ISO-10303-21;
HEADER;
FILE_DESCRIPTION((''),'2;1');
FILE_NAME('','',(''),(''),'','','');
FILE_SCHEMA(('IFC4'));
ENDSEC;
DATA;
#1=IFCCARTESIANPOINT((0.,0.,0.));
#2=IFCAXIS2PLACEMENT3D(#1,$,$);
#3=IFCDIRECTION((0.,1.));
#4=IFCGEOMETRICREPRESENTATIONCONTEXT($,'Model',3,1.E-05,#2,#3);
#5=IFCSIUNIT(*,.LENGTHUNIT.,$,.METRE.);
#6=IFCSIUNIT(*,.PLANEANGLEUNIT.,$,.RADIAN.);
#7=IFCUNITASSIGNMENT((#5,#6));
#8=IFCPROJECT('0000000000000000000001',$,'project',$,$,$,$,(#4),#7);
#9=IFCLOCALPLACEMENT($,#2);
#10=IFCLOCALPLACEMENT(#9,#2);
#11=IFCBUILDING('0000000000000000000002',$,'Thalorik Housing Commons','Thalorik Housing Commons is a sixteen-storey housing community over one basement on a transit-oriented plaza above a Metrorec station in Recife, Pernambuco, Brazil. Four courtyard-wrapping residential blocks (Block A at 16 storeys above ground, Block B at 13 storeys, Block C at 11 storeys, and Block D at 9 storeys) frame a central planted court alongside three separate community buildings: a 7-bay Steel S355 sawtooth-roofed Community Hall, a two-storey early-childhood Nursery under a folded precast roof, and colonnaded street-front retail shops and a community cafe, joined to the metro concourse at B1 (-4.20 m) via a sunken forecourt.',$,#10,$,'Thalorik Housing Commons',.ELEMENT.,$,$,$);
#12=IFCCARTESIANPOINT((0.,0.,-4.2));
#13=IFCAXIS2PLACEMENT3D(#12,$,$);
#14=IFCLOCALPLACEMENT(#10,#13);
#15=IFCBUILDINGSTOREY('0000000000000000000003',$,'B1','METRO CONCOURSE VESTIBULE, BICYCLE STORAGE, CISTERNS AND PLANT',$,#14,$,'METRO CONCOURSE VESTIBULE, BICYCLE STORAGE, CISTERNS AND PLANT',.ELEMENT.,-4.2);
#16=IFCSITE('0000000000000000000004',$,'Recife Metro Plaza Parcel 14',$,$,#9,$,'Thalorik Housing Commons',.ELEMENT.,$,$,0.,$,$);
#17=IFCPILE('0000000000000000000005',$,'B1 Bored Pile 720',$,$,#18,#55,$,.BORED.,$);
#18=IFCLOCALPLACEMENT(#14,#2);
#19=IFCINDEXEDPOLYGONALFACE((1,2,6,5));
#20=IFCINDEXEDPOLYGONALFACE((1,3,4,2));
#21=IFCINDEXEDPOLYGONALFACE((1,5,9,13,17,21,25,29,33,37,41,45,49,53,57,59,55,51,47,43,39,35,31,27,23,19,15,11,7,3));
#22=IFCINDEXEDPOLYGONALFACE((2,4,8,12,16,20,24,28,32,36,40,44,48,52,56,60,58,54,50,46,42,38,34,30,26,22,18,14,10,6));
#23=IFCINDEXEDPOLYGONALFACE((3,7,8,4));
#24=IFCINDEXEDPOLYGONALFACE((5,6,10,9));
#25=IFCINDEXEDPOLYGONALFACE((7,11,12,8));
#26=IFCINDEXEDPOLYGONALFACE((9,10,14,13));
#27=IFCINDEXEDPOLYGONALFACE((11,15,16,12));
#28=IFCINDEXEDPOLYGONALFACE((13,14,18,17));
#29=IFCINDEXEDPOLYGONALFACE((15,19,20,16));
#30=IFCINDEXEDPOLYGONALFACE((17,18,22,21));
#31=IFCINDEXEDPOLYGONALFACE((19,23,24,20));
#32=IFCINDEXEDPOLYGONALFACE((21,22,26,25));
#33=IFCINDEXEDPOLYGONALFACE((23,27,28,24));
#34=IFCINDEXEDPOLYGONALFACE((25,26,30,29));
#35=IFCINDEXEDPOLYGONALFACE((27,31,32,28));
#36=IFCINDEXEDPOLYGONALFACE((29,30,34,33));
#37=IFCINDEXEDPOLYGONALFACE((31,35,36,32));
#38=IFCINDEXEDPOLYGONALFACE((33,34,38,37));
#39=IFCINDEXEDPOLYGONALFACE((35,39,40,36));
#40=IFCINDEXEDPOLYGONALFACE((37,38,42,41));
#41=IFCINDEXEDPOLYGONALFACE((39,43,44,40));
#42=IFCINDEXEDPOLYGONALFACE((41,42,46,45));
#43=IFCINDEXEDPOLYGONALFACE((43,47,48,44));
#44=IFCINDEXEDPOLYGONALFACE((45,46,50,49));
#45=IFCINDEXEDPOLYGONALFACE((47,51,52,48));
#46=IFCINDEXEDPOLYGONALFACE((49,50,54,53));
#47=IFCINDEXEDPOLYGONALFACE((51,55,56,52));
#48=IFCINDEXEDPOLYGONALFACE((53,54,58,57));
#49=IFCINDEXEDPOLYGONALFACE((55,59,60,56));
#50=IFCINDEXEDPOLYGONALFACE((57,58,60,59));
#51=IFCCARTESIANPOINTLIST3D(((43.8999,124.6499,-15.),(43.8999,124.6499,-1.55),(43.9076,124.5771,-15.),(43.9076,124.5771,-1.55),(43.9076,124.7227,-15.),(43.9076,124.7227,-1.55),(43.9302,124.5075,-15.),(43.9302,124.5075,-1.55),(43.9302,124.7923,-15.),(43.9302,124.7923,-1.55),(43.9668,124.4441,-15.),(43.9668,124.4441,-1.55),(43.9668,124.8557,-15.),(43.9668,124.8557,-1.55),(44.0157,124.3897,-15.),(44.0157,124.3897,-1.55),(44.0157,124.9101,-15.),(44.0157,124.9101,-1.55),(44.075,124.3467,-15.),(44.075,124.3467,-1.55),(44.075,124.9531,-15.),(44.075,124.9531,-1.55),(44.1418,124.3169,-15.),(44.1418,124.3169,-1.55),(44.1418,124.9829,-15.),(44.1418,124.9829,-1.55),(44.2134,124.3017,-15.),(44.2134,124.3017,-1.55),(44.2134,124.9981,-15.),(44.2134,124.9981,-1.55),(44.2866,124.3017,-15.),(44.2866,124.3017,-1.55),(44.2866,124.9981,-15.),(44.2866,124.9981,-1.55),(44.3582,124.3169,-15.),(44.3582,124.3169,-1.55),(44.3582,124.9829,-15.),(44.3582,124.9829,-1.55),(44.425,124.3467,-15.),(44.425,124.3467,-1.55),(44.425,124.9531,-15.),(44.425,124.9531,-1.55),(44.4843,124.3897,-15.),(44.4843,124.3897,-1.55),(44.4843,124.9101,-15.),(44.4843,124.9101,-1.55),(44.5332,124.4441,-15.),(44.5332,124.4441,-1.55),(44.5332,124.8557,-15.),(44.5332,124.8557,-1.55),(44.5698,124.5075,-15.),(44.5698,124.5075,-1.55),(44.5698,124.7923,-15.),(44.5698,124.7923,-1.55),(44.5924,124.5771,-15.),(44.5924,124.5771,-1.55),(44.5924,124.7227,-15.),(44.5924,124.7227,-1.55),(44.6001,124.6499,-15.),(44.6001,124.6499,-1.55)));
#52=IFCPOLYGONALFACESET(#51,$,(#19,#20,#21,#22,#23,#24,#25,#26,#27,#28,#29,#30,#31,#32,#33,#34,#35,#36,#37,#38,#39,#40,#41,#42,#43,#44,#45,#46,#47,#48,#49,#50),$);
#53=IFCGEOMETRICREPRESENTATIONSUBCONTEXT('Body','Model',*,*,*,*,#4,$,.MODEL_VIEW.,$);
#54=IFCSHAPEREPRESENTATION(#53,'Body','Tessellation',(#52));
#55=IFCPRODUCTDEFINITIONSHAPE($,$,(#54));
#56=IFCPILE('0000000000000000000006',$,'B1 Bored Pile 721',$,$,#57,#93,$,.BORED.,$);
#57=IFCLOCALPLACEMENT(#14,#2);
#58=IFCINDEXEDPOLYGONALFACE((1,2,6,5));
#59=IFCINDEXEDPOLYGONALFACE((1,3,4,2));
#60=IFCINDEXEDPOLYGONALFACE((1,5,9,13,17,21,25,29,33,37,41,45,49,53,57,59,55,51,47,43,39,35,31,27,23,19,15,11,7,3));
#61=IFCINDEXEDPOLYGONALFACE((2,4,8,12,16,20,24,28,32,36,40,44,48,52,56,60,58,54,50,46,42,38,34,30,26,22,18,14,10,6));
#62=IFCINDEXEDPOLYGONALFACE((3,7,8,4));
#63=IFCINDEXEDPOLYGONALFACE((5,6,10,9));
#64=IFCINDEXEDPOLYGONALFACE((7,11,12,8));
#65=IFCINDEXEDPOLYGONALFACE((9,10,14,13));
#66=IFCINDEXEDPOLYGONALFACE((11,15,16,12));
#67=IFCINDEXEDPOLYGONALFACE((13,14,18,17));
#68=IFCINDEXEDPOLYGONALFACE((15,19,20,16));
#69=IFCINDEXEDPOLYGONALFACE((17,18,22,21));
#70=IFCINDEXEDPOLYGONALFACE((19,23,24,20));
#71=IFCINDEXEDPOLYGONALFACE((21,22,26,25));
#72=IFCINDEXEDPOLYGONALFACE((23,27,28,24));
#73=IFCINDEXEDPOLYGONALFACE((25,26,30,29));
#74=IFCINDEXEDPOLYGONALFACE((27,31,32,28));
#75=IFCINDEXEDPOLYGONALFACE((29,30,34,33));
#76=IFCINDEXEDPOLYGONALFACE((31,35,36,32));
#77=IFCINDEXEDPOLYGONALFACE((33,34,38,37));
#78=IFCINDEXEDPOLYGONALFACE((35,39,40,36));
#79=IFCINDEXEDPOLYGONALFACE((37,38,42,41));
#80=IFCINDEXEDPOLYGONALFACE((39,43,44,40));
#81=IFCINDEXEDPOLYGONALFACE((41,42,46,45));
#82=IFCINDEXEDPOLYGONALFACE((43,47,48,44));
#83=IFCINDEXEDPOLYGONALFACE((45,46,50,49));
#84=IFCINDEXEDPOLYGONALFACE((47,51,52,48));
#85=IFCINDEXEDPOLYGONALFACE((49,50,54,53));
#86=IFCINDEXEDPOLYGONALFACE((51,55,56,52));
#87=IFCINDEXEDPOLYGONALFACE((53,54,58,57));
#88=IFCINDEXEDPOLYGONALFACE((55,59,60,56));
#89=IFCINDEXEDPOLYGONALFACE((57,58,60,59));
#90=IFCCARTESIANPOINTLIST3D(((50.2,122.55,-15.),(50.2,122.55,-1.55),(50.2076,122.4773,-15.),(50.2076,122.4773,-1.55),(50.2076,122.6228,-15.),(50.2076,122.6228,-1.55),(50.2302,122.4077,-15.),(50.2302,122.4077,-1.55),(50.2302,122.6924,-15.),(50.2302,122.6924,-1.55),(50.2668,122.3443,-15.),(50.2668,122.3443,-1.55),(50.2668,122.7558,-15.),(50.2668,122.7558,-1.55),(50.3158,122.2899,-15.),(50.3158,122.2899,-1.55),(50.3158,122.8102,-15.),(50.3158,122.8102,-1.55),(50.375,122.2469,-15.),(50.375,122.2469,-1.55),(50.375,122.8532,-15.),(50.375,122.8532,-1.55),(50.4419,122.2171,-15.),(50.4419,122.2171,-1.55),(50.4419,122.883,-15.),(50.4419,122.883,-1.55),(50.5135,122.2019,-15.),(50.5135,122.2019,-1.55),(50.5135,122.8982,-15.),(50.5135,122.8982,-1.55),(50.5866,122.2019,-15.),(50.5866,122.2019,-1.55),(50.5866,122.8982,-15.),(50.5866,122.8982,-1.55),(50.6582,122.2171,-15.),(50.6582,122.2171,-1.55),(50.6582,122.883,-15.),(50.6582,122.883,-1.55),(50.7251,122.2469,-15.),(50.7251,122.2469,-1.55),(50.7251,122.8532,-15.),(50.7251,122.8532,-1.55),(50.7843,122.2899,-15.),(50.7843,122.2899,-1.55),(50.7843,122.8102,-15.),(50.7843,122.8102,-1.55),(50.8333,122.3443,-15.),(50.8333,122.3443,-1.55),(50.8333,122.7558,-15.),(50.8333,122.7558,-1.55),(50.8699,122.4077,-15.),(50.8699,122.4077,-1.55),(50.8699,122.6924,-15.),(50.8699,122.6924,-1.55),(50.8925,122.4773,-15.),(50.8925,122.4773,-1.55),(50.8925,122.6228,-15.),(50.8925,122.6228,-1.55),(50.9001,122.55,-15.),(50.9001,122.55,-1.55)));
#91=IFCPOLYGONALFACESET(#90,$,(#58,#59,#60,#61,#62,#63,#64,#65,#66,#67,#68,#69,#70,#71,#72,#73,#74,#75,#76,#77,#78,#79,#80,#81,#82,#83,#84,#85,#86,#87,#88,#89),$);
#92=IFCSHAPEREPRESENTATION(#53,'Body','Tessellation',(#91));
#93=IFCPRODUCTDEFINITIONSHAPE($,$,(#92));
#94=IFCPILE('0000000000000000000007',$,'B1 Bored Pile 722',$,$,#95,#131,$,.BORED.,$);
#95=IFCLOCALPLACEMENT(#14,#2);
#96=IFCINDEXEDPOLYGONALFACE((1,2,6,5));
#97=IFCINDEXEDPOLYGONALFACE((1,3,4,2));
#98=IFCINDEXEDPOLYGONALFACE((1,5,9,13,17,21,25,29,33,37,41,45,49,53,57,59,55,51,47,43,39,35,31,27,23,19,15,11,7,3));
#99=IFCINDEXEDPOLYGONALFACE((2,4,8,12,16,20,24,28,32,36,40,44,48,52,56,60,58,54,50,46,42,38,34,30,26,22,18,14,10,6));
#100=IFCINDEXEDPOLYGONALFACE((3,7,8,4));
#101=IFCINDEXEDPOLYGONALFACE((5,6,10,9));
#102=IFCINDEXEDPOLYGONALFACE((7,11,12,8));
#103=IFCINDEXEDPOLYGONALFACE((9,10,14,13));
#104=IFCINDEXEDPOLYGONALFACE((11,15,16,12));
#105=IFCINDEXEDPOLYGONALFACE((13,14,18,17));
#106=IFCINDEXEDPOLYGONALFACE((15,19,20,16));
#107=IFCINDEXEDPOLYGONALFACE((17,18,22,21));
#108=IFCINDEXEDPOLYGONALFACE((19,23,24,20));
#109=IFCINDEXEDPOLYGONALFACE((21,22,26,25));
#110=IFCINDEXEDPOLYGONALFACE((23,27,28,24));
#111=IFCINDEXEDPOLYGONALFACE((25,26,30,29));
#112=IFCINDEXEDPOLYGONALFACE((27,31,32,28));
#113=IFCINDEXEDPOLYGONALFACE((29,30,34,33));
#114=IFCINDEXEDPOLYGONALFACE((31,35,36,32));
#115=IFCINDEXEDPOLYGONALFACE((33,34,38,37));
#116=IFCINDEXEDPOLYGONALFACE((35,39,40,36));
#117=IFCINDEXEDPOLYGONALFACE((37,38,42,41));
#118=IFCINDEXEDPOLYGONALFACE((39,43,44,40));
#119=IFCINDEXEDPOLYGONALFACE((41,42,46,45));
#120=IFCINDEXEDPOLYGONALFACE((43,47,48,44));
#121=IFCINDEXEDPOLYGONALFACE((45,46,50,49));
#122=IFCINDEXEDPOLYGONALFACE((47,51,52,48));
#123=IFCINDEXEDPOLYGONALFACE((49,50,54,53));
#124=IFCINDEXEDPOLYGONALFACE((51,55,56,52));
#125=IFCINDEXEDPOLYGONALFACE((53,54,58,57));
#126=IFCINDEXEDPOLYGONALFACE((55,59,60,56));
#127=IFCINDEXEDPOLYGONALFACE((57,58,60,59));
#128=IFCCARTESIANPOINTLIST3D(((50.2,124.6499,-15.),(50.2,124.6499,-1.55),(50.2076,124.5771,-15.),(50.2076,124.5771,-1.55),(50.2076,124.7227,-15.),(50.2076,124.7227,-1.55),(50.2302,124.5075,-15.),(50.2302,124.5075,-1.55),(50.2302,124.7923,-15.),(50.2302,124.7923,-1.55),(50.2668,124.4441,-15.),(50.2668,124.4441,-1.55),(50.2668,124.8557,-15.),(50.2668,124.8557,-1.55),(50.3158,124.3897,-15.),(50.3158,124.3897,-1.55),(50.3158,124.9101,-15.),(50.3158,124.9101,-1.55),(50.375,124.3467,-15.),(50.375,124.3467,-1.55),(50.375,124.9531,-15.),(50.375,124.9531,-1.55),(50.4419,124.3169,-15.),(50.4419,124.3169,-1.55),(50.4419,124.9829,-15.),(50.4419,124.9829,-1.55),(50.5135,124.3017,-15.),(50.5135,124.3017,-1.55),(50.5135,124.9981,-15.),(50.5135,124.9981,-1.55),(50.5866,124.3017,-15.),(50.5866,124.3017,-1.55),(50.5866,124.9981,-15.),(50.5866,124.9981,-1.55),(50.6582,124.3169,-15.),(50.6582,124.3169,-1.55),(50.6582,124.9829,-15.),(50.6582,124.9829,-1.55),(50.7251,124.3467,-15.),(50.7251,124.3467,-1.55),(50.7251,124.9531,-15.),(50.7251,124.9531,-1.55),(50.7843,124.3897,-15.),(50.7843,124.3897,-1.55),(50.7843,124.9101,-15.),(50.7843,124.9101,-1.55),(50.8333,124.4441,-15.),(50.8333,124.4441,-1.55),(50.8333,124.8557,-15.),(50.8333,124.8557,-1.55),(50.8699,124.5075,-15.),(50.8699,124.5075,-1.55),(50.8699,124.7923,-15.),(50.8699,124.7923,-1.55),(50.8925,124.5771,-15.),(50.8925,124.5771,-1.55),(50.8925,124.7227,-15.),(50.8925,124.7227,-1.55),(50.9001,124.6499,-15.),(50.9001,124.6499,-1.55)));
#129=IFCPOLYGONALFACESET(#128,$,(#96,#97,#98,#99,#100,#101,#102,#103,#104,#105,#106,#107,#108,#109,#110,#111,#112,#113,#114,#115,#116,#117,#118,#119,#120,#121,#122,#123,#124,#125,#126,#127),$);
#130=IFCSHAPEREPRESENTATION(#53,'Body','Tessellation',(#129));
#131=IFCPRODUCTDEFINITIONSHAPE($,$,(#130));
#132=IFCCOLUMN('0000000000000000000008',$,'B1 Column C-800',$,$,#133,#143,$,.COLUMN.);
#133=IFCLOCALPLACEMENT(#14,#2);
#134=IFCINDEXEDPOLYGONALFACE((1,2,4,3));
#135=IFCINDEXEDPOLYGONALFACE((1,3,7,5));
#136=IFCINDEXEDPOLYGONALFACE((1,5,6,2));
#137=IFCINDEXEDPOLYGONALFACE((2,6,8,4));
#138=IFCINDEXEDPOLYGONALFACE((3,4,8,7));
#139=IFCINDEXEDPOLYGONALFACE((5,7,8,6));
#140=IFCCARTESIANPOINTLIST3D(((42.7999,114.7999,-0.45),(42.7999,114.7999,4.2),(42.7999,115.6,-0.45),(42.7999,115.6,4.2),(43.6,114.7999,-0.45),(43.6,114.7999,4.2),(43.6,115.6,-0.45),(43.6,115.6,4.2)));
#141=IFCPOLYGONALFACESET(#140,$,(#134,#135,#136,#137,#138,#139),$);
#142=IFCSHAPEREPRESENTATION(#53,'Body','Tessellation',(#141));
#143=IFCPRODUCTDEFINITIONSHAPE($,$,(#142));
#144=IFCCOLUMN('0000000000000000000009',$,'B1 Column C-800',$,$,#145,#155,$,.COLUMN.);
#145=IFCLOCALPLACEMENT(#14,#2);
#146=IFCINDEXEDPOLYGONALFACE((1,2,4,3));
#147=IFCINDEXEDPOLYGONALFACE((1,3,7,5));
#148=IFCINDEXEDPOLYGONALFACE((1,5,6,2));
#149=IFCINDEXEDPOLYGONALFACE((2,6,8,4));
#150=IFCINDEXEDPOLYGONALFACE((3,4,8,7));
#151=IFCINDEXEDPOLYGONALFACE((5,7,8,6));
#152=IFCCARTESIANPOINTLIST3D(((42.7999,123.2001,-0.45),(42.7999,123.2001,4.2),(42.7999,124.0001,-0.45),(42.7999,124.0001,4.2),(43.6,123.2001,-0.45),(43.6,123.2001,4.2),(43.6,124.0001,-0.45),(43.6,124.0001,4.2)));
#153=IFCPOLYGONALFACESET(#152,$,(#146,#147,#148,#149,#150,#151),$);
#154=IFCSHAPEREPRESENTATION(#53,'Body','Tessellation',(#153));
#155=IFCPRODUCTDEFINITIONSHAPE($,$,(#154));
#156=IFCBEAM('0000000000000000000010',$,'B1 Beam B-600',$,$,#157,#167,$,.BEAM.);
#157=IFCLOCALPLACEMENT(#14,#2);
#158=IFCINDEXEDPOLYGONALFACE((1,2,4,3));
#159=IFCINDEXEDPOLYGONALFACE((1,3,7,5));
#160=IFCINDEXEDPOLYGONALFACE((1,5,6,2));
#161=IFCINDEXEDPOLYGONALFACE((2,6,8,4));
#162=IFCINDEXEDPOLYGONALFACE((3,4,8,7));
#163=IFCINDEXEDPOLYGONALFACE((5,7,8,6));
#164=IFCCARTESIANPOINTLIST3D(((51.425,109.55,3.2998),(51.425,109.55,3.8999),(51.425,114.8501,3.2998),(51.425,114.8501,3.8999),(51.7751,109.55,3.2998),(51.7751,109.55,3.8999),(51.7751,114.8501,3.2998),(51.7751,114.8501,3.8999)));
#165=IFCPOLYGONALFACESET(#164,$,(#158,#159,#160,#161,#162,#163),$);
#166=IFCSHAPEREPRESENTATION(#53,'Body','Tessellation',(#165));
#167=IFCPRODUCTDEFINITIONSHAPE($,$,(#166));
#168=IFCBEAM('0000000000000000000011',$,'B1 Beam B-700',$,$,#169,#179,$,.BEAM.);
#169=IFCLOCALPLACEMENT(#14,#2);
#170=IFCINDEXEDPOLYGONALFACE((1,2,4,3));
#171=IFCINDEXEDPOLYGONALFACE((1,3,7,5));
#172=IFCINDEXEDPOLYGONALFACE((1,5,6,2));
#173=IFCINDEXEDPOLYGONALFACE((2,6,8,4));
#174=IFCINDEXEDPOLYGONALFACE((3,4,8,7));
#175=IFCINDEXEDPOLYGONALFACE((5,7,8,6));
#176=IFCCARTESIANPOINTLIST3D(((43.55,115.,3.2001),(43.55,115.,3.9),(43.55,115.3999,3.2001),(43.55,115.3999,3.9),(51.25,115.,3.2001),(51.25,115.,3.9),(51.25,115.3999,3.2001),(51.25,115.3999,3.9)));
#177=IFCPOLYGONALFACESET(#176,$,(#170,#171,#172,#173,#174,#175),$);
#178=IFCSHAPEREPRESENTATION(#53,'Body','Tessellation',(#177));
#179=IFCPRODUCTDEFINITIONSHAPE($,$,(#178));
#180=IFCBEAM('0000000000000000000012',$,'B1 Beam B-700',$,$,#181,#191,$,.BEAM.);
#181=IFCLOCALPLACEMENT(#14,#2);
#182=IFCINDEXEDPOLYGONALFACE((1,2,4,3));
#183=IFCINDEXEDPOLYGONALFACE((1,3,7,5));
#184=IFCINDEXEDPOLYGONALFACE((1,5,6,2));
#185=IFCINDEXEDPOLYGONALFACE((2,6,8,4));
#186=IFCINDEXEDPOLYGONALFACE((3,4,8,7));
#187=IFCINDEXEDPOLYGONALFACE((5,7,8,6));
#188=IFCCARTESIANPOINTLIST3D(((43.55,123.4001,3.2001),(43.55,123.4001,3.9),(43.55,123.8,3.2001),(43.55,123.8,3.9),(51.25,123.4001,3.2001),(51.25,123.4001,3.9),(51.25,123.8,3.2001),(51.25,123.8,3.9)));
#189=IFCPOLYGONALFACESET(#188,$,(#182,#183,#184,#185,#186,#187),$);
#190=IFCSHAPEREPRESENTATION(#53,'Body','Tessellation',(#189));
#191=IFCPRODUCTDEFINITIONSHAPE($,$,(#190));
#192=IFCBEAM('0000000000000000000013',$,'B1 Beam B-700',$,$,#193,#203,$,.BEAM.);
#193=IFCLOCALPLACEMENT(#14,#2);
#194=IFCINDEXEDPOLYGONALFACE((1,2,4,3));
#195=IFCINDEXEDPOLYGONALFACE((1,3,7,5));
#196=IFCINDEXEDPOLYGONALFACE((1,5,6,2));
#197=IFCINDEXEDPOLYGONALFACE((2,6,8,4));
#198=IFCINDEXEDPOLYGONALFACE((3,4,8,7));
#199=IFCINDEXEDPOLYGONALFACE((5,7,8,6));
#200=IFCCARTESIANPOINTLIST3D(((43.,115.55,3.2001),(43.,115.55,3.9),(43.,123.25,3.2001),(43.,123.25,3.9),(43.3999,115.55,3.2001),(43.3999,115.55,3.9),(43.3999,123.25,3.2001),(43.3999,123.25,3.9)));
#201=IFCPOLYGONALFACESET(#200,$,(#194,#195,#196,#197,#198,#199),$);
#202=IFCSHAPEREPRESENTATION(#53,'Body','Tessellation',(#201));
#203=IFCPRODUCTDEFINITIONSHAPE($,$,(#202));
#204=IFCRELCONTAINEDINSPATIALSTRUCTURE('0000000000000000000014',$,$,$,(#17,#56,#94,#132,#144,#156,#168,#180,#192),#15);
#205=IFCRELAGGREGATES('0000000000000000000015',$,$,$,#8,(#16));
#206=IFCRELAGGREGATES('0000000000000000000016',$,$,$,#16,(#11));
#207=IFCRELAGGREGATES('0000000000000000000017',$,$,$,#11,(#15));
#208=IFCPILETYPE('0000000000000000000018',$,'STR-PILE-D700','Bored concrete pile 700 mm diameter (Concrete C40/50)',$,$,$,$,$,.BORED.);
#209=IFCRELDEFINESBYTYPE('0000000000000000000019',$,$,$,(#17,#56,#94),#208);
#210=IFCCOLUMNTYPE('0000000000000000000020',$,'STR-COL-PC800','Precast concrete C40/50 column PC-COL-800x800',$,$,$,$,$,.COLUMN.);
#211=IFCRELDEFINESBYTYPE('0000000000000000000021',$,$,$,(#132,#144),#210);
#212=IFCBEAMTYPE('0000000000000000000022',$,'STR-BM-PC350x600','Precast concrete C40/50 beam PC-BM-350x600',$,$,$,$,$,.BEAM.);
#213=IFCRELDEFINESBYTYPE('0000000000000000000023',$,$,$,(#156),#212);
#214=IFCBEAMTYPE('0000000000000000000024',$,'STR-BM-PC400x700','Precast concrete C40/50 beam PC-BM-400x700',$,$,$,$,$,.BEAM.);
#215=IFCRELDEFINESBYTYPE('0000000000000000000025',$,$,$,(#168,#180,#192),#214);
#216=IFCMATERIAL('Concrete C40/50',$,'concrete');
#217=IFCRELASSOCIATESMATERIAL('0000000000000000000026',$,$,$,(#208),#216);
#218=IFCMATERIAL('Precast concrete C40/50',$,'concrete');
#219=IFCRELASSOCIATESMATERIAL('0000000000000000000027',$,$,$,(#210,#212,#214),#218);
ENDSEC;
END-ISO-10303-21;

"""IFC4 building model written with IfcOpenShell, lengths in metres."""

from ifc_helpers import new_model, si_unit, direction, frame, origin, origin_2d, place, context, subcontext, project, spatial, rectangle, circle, extrude, material, material_profile, profile_set, type_object, element, save


model = new_model("IFC4")

# Units and contexts
model_context = context("Model", 3, precision=1e-05, world=origin(), true_north=direction((0.0, 1.0)))
body_context = subcontext(model_context, "Body", "Model", "MODEL_VIEW")
ifc_project = project(units=[si_unit("LENGTHUNIT", "METRE"), si_unit("PLANEANGLEUNIT", "RADIAN")], contexts=[model_context])

# Site, building, storey
site_placement = place(None, origin())
site = spatial("IfcSite", under=ifc_project, at=site_placement, Name="Recife Metro Plaza Parcel 14", LongName="Thalorik Housing Commons", CompositionType="ELEMENT", RefElevation=0.0)
building_placement = place(site_placement, origin())
building = spatial("IfcBuilding", under=site, at=building_placement, Name="Thalorik Housing Commons", Description="Thalorik Housing Commons is a sixteen-storey housing community over one basement on a transit-oriented plaza above a Metrorec station in Recife, Pernambuco, Brazil. Four courtyard-wrapping residential blocks (Block A at 16 storeys above ground, Block B at 13 storeys, Block C at 11 storeys, and Block D at 9 storeys) frame a central planted court alongside three separate community buildings: a 7-bay Steel S355 sawtooth-roofed Community Hall, a two-storey early-childhood Nursery under a folded precast roof, and colonnaded street-front retail shops and a community cafe, joined to the metro concourse at B1 (-4.20 m) via a sunken forecourt.", LongName="Thalorik Housing Commons", CompositionType="ELEMENT")
storey_placement = place(building_placement, frame((0.0, 0.0, -4.2)))
storey = spatial("IfcBuildingStorey", under=building, at=storey_placement, Name="B1", Description="METRO CONCOURSE VESTIBULE, BICYCLE STORAGE, CISTERNS AND PLANT", LongName="METRO CONCOURSE VESTIBULE, BICYCLE STORAGE, CISTERNS AND PLANT", CompositionType="ELEMENT", Elevation=-4.2)

# Shared definitions
ifc_material_1 = material(Name="Concrete C40/50", Category="concrete")

# Piles
ifc_material_profile_1 = material_profile(ifc_material_1, circle(Radius=0.3501, at=origin_2d()), Name="BORED PILE D700", Category="concrete")
ifc_profile_set_1 = profile_set([ifc_material_profile_1], Name="Concrete C40/50")
pile_type = type_object("IfcPileType", Name="STR-PILE-D700", Description="Bored concrete pile 700 mm diameter (Concrete C40/50)", PredefinedType="BORED", material=ifc_profile_set_1)
for number, where, z_axis, x_axis, name in (
    (1, (44.25, 124.6499, -1.55), (0.0, 0.0, -1.0), (1.0, 0.0, 0.0), "B1 Bored Pile 720"),
    (2, (50.55, 122.55, -1.55), (0.0, 0.0, -1.0), (1.0, 0.0, 0.0), "B1 Bored Pile 721"),
    (3, (50.55, 124.6499, -1.55), (0.0, 0.0, -1.0), (1.0, 0.0, 0.0), "B1 Bored Pile 722"),
):
    element("IfcPile", number, at=place(storey_placement, frame(where, z_axis=z_axis, x_axis=x_axis)), inside=storey, type_object=pile_type, Name=name, PredefinedType="BORED", context=body_context, shape_type="SweptSolid", body=[
        extrude(circle(Radius=0.3501, at=origin_2d()), origin(), (0.0, 0.0, 1.0), 13.45),
    ])

# Columns
ifc_material_2 = material(Name="Precast concrete C40/50", Category="concrete")
ifc_material_profile_2 = material_profile(ifc_material_2, rectangle(XDim=0.8, YDim=0.8, at=origin_2d()), Name="PC 800x800", Category="concrete")
ifc_profile_set_2 = profile_set([ifc_material_profile_2], Name="Precast concrete C40/50")
column_type = type_object("IfcColumnType", Name="STR-COL-PC800", Description="Precast concrete C40/50 column PC-COL-800x800", PredefinedType="COLUMN", material=ifc_profile_set_2)
for number, where, z_axis, x_axis, name in (
    (4, (43.2, 115.2, -0.45), (0.0, 0.0, 1.0), (1.0, 0.0, 0.0), "B1 Column C-800"),
    (5, (43.2, 123.6001, -0.45), (0.0, 0.0, 1.0), (1.0, 0.0, 0.0), "B1 Column C-800"),
):
    element("IfcColumn", number, at=place(storey_placement, frame(where, z_axis=z_axis, x_axis=x_axis)), inside=storey, type_object=column_type, Name=name, PredefinedType="COLUMN", context=body_context, shape_type="SweptSolid", body=[
        extrude(rectangle(XDim=0.8, YDim=0.8, at=origin_2d()), origin(), (0.0, 0.0, 1.0), 4.6499),
    ])

# Beams
ifc_material_profile_3 = material_profile(ifc_material_2, rectangle(XDim=0.3501, YDim=0.6001, at=origin_2d()), Name="PC 350x600", Category="concrete")
ifc_profile_set_3 = profile_set([ifc_material_profile_3], Name="Precast concrete C40/50")
beam_type_1 = type_object("IfcBeamType", Name="STR-BM-PC350x600", Description="Precast concrete C40/50 beam PC-BM-350x600", PredefinedType="BEAM", material=ifc_profile_set_3)
beam_1_placement = place(storey_placement, frame((51.6001, 109.55, 3.5999), z_axis=(0.0, 1.0, 0.0), x_axis=(-1.0, 0.0, 0.0)))
element("IfcBeam", 6, at=beam_1_placement, inside=storey, type_object=beam_type_1, Name="B1 Beam B-600", PredefinedType="BEAM", context=body_context, shape_type="SweptSolid", body=[
    extrude(rectangle(XDim=0.3501, YDim=0.6001, at=origin_2d()), origin(), (0.0, 0.0, 1.0), 5.3),
])
ifc_material_profile_4 = material_profile(ifc_material_2, rectangle(XDim=0.3999, YDim=0.7, at=origin_2d()), Name="PC 400x700", Category="concrete")
ifc_profile_set_4 = profile_set([ifc_material_profile_4], Name="Precast concrete C40/50")
beam_type_2 = type_object("IfcBeamType", Name="STR-BM-PC400x700", Description="Precast concrete C40/50 beam PC-BM-400x700", PredefinedType="BEAM", material=ifc_profile_set_4)
for number, where, z_axis, x_axis, name in (
    (7, (43.55, 115.2, 3.55), (1.0, 0.0, 0.0), (0.0, 1.0, 0.0), "B1 Beam B-700"),
    (8, (43.55, 123.6001, 3.55), (1.0, 0.0, 0.0), (0.0, 1.0, 0.0), "B1 Beam B-700"),
    (9, (43.2, 115.55, 3.55), (0.0, 1.0, 0.0), (-1.0, 0.0, 0.0), "B1 Beam B-700"),
):
    element("IfcBeam", number, at=place(storey_placement, frame(where, z_axis=z_axis, x_axis=x_axis)), inside=storey, type_object=beam_type_2, Name=name, PredefinedType="BEAM", context=body_context, shape_type="SweptSolid", body=[
        extrude(rectangle(XDim=0.3999, YDim=0.7, at=origin_2d()), origin(), (0.0, 0.0, 1.0), 7.7),
    ])

save(model, "model.ifc")
